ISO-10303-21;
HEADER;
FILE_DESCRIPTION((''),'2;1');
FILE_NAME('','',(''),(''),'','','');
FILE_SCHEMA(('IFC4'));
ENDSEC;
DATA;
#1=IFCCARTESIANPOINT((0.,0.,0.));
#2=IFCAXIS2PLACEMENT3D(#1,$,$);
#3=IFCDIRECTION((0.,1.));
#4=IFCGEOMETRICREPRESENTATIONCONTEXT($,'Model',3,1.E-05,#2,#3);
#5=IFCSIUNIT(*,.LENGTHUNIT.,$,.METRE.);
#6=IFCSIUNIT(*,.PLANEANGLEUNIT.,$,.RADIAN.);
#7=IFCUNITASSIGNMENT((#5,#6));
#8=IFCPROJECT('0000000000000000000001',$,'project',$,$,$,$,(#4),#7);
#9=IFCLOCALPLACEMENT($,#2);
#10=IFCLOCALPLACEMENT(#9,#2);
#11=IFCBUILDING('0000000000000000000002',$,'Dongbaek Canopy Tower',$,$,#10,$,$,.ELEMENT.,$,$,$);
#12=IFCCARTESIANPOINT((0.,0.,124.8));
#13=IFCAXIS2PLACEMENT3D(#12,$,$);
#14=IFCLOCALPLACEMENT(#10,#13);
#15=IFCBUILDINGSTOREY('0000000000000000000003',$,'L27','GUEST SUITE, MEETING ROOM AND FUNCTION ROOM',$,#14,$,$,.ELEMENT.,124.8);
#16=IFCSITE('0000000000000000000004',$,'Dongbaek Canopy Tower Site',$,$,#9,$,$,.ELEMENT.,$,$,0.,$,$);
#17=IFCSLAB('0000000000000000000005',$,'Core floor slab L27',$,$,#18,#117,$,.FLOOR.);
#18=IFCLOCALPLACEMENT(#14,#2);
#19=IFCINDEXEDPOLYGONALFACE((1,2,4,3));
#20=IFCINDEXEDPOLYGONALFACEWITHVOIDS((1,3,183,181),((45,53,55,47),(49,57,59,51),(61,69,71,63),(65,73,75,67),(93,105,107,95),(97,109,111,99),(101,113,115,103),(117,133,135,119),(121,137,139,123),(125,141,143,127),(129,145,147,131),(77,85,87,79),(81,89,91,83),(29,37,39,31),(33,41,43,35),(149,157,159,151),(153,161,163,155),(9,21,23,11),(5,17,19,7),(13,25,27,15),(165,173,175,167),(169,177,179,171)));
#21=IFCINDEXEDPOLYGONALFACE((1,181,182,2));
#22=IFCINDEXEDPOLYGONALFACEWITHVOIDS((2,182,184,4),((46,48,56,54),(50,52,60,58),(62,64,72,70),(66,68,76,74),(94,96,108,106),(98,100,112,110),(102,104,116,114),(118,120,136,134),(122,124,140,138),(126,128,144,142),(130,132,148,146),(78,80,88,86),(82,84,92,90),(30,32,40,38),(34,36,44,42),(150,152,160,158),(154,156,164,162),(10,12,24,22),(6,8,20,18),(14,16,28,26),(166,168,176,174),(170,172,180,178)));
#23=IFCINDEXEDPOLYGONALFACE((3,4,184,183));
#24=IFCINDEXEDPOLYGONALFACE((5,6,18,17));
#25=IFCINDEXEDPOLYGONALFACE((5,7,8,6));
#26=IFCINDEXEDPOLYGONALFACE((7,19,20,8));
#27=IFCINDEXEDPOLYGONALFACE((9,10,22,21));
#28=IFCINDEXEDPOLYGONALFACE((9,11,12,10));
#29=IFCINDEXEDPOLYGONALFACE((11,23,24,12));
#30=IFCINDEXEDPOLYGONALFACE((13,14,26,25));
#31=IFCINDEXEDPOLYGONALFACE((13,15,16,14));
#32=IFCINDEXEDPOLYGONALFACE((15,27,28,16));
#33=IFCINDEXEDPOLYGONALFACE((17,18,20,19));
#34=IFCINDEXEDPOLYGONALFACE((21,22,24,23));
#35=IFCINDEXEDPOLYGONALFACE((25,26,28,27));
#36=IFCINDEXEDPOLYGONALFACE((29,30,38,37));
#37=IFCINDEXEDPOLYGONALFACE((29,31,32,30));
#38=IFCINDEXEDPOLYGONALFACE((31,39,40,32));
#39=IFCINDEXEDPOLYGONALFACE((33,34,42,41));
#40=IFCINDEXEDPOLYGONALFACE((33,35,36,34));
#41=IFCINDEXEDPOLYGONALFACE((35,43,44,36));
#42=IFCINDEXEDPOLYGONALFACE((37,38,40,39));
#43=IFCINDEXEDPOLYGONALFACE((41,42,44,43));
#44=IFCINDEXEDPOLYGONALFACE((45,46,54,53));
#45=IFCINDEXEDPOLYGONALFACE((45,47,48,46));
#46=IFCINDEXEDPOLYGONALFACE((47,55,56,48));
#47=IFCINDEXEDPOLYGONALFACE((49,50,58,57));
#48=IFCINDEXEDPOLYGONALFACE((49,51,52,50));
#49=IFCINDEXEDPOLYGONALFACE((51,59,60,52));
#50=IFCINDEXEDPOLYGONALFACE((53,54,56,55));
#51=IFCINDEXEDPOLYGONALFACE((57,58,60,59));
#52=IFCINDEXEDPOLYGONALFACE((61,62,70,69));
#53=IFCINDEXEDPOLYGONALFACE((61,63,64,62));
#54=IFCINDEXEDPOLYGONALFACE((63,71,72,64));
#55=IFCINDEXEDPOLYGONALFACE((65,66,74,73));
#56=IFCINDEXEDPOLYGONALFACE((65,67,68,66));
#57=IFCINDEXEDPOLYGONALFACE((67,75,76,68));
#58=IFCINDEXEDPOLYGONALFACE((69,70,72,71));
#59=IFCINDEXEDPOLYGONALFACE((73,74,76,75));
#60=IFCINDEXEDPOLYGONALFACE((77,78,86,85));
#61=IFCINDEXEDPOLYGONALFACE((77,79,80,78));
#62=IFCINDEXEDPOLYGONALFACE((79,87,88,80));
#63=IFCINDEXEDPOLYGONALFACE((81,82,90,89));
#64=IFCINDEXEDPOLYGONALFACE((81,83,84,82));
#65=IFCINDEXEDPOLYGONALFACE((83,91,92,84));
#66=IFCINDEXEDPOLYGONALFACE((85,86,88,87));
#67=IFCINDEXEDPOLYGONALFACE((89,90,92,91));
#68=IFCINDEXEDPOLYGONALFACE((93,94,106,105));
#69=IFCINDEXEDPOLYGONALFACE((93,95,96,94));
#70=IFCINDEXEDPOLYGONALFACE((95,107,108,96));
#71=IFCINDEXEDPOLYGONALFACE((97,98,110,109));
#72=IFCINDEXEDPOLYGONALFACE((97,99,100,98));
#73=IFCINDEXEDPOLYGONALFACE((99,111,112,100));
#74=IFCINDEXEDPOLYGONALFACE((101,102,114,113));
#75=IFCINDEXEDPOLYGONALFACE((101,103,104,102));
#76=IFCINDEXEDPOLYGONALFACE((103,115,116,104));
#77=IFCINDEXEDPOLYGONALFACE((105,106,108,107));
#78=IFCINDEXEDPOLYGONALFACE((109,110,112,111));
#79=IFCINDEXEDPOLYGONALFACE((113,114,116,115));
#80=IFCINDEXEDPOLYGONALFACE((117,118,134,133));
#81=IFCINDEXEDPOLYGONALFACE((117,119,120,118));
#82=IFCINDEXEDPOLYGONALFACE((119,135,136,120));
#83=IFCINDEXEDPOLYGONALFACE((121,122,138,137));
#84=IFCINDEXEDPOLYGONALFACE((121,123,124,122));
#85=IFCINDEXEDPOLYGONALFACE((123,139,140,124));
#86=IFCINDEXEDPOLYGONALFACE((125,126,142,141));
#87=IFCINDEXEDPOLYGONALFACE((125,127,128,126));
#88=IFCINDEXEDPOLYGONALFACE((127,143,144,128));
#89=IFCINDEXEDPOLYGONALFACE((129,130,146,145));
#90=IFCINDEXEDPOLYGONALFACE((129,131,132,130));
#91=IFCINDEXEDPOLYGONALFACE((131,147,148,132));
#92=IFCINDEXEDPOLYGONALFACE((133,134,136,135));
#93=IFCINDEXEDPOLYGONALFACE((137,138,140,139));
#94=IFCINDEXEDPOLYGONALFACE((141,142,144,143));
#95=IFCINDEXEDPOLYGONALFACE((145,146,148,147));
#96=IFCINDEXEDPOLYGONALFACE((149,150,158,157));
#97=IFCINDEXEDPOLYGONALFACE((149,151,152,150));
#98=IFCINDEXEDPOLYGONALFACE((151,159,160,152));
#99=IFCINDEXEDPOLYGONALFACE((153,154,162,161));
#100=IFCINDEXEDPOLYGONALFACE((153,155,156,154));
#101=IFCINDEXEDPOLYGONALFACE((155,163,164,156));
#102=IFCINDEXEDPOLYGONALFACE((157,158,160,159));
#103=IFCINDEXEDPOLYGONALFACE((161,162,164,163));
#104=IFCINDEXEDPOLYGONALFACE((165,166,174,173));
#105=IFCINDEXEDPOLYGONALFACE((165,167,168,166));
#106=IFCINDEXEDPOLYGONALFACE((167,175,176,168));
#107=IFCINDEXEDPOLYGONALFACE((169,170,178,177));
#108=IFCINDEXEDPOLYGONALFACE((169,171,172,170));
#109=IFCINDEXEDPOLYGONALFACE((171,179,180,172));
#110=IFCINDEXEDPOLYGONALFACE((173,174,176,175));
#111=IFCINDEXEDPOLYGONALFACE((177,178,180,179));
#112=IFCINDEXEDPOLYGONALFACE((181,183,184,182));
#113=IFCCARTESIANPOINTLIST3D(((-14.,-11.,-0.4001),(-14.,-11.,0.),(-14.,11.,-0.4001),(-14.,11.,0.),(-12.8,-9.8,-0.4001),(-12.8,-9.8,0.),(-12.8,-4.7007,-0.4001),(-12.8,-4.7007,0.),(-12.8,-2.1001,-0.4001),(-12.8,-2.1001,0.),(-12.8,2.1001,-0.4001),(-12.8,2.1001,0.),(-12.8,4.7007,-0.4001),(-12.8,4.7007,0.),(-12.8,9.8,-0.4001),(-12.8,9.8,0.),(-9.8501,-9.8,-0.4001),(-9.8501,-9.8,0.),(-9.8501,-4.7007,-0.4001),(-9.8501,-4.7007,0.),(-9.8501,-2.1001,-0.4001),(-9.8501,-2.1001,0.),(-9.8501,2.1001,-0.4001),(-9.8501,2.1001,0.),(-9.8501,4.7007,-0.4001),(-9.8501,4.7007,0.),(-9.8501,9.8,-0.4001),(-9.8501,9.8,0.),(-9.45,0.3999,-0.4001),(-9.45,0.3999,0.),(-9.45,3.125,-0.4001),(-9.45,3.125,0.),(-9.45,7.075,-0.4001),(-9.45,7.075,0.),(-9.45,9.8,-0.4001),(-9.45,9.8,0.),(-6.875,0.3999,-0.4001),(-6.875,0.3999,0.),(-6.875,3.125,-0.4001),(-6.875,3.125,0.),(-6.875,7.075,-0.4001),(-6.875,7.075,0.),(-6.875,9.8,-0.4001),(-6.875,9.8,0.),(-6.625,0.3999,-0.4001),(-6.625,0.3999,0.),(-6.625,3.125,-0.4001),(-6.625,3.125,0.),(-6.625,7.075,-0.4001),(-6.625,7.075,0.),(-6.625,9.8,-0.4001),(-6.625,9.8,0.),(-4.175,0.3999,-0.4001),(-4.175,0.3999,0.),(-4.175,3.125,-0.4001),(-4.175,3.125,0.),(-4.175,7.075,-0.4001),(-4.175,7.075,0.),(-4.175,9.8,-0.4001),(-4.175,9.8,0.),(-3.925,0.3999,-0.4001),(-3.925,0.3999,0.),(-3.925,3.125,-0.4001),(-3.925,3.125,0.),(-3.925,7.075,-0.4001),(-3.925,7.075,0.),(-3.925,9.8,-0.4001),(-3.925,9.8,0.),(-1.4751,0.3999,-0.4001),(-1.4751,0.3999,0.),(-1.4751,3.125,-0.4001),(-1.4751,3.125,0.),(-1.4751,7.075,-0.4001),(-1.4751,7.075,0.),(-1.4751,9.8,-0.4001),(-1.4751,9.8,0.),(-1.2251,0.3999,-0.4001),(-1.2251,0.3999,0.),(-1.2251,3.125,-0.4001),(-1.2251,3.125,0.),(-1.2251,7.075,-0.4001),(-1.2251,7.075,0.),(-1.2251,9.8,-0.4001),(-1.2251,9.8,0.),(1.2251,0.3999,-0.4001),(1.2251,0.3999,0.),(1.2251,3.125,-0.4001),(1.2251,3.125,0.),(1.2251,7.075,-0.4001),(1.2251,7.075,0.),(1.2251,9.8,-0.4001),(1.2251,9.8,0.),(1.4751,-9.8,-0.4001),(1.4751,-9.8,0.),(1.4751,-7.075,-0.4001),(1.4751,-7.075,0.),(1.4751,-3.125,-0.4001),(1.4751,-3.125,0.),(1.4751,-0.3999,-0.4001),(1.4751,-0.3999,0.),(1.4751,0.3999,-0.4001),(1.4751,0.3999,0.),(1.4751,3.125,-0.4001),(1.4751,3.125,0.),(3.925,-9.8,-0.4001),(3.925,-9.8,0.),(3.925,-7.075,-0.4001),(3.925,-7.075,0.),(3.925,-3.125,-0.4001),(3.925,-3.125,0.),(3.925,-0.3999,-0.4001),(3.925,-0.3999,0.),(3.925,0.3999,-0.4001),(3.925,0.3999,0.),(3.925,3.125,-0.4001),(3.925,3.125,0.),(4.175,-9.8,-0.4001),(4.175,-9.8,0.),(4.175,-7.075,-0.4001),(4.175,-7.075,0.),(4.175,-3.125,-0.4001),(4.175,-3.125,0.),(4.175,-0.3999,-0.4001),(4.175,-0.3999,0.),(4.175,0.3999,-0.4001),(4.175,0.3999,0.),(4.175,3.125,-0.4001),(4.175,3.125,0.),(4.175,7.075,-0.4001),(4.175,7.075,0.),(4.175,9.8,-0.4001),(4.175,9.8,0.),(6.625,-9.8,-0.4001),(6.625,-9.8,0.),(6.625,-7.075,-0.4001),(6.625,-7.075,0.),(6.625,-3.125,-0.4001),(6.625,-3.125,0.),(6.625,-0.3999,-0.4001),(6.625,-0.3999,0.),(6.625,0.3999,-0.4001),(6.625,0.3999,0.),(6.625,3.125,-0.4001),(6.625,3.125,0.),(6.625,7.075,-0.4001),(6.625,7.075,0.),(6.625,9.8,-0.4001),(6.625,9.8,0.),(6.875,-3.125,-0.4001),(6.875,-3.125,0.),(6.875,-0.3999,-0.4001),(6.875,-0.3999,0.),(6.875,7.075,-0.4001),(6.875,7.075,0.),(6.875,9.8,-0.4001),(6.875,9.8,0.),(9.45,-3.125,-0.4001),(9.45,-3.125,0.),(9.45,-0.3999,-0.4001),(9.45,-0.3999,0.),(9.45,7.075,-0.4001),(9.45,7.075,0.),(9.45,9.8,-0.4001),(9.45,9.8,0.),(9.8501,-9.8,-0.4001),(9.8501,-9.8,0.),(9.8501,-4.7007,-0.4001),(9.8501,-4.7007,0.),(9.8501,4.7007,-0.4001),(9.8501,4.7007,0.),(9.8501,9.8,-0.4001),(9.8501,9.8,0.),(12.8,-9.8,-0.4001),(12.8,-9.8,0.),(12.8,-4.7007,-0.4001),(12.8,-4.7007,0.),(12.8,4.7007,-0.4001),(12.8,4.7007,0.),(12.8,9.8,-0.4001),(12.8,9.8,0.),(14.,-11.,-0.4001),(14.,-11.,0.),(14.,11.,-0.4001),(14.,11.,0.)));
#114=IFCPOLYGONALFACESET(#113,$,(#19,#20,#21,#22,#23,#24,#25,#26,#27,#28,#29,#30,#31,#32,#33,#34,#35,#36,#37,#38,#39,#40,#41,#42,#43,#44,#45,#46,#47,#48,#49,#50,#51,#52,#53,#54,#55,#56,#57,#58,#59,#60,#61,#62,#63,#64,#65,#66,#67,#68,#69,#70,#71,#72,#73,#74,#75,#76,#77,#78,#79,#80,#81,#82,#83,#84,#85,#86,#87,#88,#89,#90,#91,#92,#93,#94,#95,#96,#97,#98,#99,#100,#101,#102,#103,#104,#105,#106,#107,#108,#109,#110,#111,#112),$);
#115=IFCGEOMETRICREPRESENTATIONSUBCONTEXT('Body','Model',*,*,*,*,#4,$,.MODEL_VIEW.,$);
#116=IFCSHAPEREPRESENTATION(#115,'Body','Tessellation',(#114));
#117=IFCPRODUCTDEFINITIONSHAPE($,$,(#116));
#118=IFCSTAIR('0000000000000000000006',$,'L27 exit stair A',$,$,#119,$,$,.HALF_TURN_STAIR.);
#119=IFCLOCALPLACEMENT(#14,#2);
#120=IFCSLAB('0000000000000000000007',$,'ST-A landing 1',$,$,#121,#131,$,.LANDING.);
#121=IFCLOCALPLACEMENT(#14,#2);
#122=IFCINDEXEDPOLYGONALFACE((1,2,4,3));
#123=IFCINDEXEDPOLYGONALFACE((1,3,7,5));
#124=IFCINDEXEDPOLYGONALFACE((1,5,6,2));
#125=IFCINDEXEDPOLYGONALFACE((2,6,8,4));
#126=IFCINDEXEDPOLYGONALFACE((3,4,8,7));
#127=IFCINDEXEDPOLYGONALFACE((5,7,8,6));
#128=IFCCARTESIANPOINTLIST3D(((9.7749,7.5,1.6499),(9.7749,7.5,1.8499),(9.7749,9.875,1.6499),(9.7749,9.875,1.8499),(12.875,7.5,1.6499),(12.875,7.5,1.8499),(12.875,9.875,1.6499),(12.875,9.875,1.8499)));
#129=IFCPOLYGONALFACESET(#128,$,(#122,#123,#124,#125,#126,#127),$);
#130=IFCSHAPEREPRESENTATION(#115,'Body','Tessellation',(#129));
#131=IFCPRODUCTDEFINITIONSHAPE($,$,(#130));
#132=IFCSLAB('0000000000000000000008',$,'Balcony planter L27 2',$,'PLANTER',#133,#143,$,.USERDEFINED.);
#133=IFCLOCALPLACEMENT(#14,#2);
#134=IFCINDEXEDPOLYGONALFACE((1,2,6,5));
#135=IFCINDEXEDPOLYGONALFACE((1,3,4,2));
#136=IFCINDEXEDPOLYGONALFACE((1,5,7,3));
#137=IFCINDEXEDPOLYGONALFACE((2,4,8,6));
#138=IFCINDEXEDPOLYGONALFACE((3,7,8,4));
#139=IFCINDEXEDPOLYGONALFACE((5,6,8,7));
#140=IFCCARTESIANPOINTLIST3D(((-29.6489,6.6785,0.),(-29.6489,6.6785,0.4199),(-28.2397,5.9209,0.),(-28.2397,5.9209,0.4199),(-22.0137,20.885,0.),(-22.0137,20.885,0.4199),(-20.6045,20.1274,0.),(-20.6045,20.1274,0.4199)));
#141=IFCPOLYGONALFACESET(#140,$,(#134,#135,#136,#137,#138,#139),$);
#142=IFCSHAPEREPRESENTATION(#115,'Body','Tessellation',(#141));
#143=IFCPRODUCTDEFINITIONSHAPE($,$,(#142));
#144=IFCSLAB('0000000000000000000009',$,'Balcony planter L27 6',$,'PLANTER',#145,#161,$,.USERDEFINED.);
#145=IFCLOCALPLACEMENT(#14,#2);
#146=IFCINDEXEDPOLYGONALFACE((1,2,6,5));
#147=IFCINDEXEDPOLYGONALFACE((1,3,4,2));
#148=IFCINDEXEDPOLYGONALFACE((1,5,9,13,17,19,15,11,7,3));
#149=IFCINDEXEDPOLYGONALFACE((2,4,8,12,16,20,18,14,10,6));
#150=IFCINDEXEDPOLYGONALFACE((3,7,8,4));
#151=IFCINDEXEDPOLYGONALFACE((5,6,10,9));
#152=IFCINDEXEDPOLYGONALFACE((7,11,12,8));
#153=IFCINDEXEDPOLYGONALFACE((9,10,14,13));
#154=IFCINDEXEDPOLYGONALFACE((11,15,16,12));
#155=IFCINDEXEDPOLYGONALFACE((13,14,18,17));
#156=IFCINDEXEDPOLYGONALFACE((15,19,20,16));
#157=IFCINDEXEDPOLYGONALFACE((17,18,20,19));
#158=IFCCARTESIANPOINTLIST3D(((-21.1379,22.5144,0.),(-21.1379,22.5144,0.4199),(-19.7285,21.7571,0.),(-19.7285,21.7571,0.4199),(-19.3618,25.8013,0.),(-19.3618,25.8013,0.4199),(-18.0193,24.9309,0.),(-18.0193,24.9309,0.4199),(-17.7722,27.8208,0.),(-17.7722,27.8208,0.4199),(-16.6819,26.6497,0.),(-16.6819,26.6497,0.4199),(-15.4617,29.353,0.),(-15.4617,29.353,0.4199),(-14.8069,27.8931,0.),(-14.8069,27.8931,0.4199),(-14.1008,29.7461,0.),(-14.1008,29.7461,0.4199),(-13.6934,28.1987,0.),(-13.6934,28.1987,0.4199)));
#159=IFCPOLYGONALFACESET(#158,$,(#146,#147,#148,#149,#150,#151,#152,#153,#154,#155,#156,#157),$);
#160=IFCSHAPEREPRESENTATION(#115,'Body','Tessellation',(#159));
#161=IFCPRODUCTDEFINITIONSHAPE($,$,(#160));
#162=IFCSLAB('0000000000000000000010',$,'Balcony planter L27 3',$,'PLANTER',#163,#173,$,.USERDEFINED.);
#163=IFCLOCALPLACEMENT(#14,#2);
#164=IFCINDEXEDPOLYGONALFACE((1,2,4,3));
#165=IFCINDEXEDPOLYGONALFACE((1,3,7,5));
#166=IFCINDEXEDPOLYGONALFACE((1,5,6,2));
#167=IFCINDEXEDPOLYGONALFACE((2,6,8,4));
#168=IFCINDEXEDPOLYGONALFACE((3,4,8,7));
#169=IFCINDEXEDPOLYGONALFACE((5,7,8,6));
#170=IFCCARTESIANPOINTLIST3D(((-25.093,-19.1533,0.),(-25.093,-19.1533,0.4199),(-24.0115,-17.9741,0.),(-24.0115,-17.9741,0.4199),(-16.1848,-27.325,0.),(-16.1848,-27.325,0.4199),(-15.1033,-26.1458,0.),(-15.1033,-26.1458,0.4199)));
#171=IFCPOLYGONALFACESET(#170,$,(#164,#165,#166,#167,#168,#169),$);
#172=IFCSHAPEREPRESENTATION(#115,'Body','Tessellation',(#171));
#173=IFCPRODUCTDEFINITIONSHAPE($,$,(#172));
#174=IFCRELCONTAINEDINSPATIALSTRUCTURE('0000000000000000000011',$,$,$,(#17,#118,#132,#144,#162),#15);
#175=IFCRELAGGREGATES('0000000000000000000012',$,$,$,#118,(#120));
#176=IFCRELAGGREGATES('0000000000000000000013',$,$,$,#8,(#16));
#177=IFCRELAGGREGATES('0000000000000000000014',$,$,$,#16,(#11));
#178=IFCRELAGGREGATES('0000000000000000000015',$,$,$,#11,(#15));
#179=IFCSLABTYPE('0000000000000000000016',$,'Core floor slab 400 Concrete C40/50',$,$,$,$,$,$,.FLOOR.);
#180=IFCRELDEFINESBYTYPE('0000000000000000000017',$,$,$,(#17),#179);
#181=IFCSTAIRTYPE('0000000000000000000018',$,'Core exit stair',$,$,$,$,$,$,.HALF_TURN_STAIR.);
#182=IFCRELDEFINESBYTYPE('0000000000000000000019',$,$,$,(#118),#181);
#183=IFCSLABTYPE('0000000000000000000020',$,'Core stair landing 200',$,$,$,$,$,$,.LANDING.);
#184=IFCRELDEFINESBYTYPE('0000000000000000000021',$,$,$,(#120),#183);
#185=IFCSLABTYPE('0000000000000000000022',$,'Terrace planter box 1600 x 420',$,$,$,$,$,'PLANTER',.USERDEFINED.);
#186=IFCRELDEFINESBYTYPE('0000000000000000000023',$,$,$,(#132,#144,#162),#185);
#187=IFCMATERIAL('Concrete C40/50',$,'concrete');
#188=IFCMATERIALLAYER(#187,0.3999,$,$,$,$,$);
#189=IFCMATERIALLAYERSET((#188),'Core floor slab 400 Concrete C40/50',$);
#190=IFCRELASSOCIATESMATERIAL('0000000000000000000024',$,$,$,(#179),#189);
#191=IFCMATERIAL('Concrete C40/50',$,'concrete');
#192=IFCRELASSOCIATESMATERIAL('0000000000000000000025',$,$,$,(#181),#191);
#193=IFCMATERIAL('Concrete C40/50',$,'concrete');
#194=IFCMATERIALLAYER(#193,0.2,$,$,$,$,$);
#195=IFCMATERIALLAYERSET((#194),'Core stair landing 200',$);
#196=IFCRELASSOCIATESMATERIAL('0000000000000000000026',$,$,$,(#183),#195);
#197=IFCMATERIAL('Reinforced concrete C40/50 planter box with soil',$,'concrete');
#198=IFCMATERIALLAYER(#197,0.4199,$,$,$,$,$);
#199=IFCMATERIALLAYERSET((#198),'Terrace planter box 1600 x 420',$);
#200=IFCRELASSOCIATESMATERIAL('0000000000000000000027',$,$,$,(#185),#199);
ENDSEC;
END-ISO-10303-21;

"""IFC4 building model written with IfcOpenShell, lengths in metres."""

from ifc_helpers import new_model, si_unit, direction, frame, origin, place, context, subcontext, project, spatial, polyline, outline, extrude, material, layer, layer_set, type_object, element, aggregate, save


model = new_model("IFC4")

# Units and contexts
model_context = context("Model", 3, precision=1e-05, world=origin(), true_north=direction((0.0, 1.0)))
body_context = subcontext(model_context, "Body", "Model", "MODEL_VIEW")
ifc_project = project(units=[si_unit("LENGTHUNIT", "METRE"), si_unit("PLANEANGLEUNIT", "RADIAN")], contexts=[model_context])

# Site, building, storey
site_placement = place(None, origin())
site = spatial("IfcSite", under=ifc_project, at=site_placement, Name="Dongbaek Canopy Tower Site", CompositionType="ELEMENT", RefElevation=0.0)
building_placement = place(site_placement, origin())
building = spatial("IfcBuilding", under=site, at=building_placement, Name="Dongbaek Canopy Tower", CompositionType="ELEMENT")
storey_placement = place(building_placement, frame((0.0, 0.0, 124.8)))
storey = spatial("IfcBuildingStorey", under=building, at=storey_placement, Name="L27", Description="GUEST SUITE, MEETING ROOM AND FUNCTION ROOM", CompositionType="ELEMENT", Elevation=124.8)

# Slab
ifc_material_1 = material(Name="Concrete C40/50", Category="concrete")
ifc_layer_1 = layer(ifc_material_1, 0.3999)
ifc_layer_set_1 = layer_set([ifc_layer_1], Name="Core floor slab 400 Concrete C40/50")
slab_type_1 = type_object("IfcSlabType", Name="Core floor slab 400 Concrete C40/50", PredefinedType="FLOOR", material=ifc_layer_set_1)
slab_1_placement = place(storey_placement, frame((0.0, 0.0, -0.4001)))
element("IfcSlab", 1, at=slab_1_placement, inside=storey, type_object=slab_type_1, Name="Core floor slab L27", PredefinedType="FLOOR", context=body_context, shape_type="SweptSolid", body=[
    extrude(outline(polyline([(14.0, -11.0), (14.0, 11.0), (-14.0, 11.0), (-14.0, -11.0), (14.0, -11.0)]), holes=[polyline([(-12.8, 2.1001), (-9.8501, 2.1001), (-9.8501, -2.1001), (-12.8, -2.1001), (-12.8, 2.1001)]), polyline([(-6.875, 9.8), (-6.875, 7.075), (-9.45, 7.075), (-9.45, 9.8), (-6.875, 9.8)]), polyline([(-4.175, 9.8), (-4.175, 7.075), (-6.625, 7.075), (-6.625, 9.8), (-4.175, 9.8)]), polyline([(-1.4751, 9.8), (-1.4751, 7.075), (-3.925, 7.075), (-3.925, 9.8), (-1.4751, 9.8)]), polyline([(1.2251, 9.8), (1.2251, 7.075), (-1.2251, 7.075), (-1.2251, 9.8), (1.2251, 9.8)]), polyline([(6.625, 9.8), (6.625, 7.075), (4.175, 7.075), (4.175, 9.8), (6.625, 9.8)]), polyline([(9.45, 7.075), (6.875, 7.075), (6.875, 9.8), (9.45, 9.8), (9.45, 7.075)]), polyline([(-9.45, 3.125), (-6.875, 3.125), (-6.875, 0.3999), (-9.45, 0.3999), (-9.45, 3.125)]), polyline([(-6.625, 3.125), (-4.175, 3.125), (-4.175, 0.3999), (-6.625, 0.3999), (-6.625, 3.125)]), polyline([(-3.925, 3.125), (-1.4751, 3.125), (-1.4751, 0.3999), (-3.925, 0.3999), (-3.925, 3.125)]), polyline([(-1.2251, 0.3999), (-1.2251, 3.125), (1.2251, 3.125), (1.2251, 0.3999), (-1.2251, 0.3999)]), polyline([(3.925, 3.125), (3.925, 0.3999), (1.4751, 0.3999), (1.4751, 3.125), (3.925, 3.125)]), polyline([(4.175, 3.125), (6.625, 3.125), (6.625, 0.3999), (4.175, 0.3999), (4.175, 3.125)]), polyline([(1.4751, -0.3999), (3.925, -0.3999), (3.925, -3.125), (1.4751, -3.125), (1.4751, -0.3999)]), polyline([(4.175, -3.125), (4.175, -0.3999), (6.625, -0.3999), (6.625, -3.125), (4.175, -3.125)]), polyline([(9.45, -3.125), (6.875, -3.125), (6.875, -0.3999), (9.45, -0.3999), (9.45, -3.125)]), polyline([(1.4751, -9.8), (1.4751, -7.075), (3.925, -7.075), (3.925, -9.8), (1.4751, -9.8)]), polyline([(4.175, -9.8), (4.175, -7.075), (6.625, -7.075), (6.625, -9.8), (4.175, -9.8)]), polyline([(12.8, 4.7007), (12.8, 9.8), (9.8501, 9.8), (9.8501, 4.7007), (12.8, 4.7007)]), polyline([(-9.8501, 4.7007), (-9.8501, 9.8), (-12.8, 9.8), (-12.8, 4.7007), (-9.8501, 4.7007)]), polyline([(9.8501, -4.7007), (9.8501, -9.8), (12.8, -9.8), (12.8, -4.7007), (9.8501, -4.7007)]), polyline([(-12.8, -4.7007), (-12.8, -9.8), (-9.8501, -9.8), (-9.8501, -4.7007), (-12.8, -4.7007)])]), origin(), (0.0, 0.0, 1.0), 0.4001),
])

# Stair, slab
ifc_material_2 = material(Name="Concrete C40/50", Category="concrete")
stair_type = type_object("IfcStairType", Name="Core exit stair", PredefinedType="HALF_TURN_STAIR", material=ifc_material_2)
stair_placement = place(storey_placement, origin())
stair = element("IfcStair", 2, at=stair_placement, inside=storey, type_object=stair_type, Name="L27 exit stair A", PredefinedType="HALF_TURN_STAIR")
ifc_material_3 = material(Name="Concrete C40/50", Category="concrete")
ifc_layer_2 = layer(ifc_material_3, 0.2)
ifc_layer_set_2 = layer_set([ifc_layer_2], Name="Core stair landing 200")
slab_type_2 = type_object("IfcSlabType", Name="Core stair landing 200", PredefinedType="LANDING", material=ifc_layer_set_2)
slab_2_placement = place(storey_placement, frame((0.0, 0.0, 1.6499)))
slab_2 = element("IfcSlab", 3, at=slab_2_placement, type_object=slab_type_2, Name="ST-A landing 1", PredefinedType="LANDING", context=body_context, shape_type="SweptSolid", body=[
    extrude(outline(polyline([(12.875, 7.5), (12.875, 9.875), (9.7749, 9.875), (9.7749, 7.5), (12.875, 7.5)])), origin(), (0.0, 0.0, 1.0), 0.2),
])
aggregate(stair, [slab_2])

# Slabs
ifc_material_4 = material(Name="Reinforced concrete C40/50 planter box with soil", Category="concrete")
ifc_layer_3 = layer(ifc_material_4, 0.4199)
ifc_layer_set_3 = layer_set([ifc_layer_3], Name="Terrace planter box 1600 x 420")
slab_type_3 = type_object("IfcSlabType", Name="Terrace planter box 1600 x 420", ElementType="PLANTER", PredefinedType="USERDEFINED", material=ifc_layer_set_3)
slab_3_placement = place(storey_placement, origin())
element("IfcSlab", 4, at=slab_3_placement, inside=storey, type_object=slab_type_3, Name="Balcony planter L27 2", ObjectType="PLANTER", PredefinedType="USERDEFINED", context=body_context, shape_type="SweptSolid", body=[
    extrude(outline(polyline([(-20.6045, 20.1274), (-28.2397, 5.9209), (-29.6489, 6.6785), (-22.0137, 20.885), (-20.6045, 20.1274)])), origin(), (0.0, 0.0, 1.0), 0.4199),
])
slab_4_placement = place(storey_placement, origin())
element("IfcSlab", 5, at=slab_4_placement, inside=storey, type_object=slab_type_3, Name="Balcony planter L27 6", ObjectType="PLANTER", PredefinedType="USERDEFINED", context=body_context, shape_type="SweptSolid", body=[
    extrude(outline(polyline([(-13.6934, 28.1987), (-14.8069, 27.8931), (-16.6819, 26.6497), (-18.0193, 24.9309), (-19.7285, 21.7571), (-21.1379, 22.5144), (-19.3618, 25.8013), (-17.7722, 27.8208), (-15.4617, 29.353), (-14.1008, 29.7461), (-13.6934, 28.1987)])), origin(), (0.0, 0.0, 1.0), 0.4199),
])
slab_5_placement = place(storey_placement, origin())
element("IfcSlab", 6, at=slab_5_placement, inside=storey, type_object=slab_type_3, Name="Balcony planter L27 3", ObjectType="PLANTER", PredefinedType="USERDEFINED", context=body_context, shape_type="SweptSolid", body=[
    extrude(outline(polyline([(-24.0115, -17.9741), (-15.1033, -26.1458), (-16.1848, -27.325), (-25.093, -19.1533), (-24.0115, -17.9741)])), origin(), (0.0, 0.0, 1.0), 0.4199),
])

save(model, "model.ifc")
